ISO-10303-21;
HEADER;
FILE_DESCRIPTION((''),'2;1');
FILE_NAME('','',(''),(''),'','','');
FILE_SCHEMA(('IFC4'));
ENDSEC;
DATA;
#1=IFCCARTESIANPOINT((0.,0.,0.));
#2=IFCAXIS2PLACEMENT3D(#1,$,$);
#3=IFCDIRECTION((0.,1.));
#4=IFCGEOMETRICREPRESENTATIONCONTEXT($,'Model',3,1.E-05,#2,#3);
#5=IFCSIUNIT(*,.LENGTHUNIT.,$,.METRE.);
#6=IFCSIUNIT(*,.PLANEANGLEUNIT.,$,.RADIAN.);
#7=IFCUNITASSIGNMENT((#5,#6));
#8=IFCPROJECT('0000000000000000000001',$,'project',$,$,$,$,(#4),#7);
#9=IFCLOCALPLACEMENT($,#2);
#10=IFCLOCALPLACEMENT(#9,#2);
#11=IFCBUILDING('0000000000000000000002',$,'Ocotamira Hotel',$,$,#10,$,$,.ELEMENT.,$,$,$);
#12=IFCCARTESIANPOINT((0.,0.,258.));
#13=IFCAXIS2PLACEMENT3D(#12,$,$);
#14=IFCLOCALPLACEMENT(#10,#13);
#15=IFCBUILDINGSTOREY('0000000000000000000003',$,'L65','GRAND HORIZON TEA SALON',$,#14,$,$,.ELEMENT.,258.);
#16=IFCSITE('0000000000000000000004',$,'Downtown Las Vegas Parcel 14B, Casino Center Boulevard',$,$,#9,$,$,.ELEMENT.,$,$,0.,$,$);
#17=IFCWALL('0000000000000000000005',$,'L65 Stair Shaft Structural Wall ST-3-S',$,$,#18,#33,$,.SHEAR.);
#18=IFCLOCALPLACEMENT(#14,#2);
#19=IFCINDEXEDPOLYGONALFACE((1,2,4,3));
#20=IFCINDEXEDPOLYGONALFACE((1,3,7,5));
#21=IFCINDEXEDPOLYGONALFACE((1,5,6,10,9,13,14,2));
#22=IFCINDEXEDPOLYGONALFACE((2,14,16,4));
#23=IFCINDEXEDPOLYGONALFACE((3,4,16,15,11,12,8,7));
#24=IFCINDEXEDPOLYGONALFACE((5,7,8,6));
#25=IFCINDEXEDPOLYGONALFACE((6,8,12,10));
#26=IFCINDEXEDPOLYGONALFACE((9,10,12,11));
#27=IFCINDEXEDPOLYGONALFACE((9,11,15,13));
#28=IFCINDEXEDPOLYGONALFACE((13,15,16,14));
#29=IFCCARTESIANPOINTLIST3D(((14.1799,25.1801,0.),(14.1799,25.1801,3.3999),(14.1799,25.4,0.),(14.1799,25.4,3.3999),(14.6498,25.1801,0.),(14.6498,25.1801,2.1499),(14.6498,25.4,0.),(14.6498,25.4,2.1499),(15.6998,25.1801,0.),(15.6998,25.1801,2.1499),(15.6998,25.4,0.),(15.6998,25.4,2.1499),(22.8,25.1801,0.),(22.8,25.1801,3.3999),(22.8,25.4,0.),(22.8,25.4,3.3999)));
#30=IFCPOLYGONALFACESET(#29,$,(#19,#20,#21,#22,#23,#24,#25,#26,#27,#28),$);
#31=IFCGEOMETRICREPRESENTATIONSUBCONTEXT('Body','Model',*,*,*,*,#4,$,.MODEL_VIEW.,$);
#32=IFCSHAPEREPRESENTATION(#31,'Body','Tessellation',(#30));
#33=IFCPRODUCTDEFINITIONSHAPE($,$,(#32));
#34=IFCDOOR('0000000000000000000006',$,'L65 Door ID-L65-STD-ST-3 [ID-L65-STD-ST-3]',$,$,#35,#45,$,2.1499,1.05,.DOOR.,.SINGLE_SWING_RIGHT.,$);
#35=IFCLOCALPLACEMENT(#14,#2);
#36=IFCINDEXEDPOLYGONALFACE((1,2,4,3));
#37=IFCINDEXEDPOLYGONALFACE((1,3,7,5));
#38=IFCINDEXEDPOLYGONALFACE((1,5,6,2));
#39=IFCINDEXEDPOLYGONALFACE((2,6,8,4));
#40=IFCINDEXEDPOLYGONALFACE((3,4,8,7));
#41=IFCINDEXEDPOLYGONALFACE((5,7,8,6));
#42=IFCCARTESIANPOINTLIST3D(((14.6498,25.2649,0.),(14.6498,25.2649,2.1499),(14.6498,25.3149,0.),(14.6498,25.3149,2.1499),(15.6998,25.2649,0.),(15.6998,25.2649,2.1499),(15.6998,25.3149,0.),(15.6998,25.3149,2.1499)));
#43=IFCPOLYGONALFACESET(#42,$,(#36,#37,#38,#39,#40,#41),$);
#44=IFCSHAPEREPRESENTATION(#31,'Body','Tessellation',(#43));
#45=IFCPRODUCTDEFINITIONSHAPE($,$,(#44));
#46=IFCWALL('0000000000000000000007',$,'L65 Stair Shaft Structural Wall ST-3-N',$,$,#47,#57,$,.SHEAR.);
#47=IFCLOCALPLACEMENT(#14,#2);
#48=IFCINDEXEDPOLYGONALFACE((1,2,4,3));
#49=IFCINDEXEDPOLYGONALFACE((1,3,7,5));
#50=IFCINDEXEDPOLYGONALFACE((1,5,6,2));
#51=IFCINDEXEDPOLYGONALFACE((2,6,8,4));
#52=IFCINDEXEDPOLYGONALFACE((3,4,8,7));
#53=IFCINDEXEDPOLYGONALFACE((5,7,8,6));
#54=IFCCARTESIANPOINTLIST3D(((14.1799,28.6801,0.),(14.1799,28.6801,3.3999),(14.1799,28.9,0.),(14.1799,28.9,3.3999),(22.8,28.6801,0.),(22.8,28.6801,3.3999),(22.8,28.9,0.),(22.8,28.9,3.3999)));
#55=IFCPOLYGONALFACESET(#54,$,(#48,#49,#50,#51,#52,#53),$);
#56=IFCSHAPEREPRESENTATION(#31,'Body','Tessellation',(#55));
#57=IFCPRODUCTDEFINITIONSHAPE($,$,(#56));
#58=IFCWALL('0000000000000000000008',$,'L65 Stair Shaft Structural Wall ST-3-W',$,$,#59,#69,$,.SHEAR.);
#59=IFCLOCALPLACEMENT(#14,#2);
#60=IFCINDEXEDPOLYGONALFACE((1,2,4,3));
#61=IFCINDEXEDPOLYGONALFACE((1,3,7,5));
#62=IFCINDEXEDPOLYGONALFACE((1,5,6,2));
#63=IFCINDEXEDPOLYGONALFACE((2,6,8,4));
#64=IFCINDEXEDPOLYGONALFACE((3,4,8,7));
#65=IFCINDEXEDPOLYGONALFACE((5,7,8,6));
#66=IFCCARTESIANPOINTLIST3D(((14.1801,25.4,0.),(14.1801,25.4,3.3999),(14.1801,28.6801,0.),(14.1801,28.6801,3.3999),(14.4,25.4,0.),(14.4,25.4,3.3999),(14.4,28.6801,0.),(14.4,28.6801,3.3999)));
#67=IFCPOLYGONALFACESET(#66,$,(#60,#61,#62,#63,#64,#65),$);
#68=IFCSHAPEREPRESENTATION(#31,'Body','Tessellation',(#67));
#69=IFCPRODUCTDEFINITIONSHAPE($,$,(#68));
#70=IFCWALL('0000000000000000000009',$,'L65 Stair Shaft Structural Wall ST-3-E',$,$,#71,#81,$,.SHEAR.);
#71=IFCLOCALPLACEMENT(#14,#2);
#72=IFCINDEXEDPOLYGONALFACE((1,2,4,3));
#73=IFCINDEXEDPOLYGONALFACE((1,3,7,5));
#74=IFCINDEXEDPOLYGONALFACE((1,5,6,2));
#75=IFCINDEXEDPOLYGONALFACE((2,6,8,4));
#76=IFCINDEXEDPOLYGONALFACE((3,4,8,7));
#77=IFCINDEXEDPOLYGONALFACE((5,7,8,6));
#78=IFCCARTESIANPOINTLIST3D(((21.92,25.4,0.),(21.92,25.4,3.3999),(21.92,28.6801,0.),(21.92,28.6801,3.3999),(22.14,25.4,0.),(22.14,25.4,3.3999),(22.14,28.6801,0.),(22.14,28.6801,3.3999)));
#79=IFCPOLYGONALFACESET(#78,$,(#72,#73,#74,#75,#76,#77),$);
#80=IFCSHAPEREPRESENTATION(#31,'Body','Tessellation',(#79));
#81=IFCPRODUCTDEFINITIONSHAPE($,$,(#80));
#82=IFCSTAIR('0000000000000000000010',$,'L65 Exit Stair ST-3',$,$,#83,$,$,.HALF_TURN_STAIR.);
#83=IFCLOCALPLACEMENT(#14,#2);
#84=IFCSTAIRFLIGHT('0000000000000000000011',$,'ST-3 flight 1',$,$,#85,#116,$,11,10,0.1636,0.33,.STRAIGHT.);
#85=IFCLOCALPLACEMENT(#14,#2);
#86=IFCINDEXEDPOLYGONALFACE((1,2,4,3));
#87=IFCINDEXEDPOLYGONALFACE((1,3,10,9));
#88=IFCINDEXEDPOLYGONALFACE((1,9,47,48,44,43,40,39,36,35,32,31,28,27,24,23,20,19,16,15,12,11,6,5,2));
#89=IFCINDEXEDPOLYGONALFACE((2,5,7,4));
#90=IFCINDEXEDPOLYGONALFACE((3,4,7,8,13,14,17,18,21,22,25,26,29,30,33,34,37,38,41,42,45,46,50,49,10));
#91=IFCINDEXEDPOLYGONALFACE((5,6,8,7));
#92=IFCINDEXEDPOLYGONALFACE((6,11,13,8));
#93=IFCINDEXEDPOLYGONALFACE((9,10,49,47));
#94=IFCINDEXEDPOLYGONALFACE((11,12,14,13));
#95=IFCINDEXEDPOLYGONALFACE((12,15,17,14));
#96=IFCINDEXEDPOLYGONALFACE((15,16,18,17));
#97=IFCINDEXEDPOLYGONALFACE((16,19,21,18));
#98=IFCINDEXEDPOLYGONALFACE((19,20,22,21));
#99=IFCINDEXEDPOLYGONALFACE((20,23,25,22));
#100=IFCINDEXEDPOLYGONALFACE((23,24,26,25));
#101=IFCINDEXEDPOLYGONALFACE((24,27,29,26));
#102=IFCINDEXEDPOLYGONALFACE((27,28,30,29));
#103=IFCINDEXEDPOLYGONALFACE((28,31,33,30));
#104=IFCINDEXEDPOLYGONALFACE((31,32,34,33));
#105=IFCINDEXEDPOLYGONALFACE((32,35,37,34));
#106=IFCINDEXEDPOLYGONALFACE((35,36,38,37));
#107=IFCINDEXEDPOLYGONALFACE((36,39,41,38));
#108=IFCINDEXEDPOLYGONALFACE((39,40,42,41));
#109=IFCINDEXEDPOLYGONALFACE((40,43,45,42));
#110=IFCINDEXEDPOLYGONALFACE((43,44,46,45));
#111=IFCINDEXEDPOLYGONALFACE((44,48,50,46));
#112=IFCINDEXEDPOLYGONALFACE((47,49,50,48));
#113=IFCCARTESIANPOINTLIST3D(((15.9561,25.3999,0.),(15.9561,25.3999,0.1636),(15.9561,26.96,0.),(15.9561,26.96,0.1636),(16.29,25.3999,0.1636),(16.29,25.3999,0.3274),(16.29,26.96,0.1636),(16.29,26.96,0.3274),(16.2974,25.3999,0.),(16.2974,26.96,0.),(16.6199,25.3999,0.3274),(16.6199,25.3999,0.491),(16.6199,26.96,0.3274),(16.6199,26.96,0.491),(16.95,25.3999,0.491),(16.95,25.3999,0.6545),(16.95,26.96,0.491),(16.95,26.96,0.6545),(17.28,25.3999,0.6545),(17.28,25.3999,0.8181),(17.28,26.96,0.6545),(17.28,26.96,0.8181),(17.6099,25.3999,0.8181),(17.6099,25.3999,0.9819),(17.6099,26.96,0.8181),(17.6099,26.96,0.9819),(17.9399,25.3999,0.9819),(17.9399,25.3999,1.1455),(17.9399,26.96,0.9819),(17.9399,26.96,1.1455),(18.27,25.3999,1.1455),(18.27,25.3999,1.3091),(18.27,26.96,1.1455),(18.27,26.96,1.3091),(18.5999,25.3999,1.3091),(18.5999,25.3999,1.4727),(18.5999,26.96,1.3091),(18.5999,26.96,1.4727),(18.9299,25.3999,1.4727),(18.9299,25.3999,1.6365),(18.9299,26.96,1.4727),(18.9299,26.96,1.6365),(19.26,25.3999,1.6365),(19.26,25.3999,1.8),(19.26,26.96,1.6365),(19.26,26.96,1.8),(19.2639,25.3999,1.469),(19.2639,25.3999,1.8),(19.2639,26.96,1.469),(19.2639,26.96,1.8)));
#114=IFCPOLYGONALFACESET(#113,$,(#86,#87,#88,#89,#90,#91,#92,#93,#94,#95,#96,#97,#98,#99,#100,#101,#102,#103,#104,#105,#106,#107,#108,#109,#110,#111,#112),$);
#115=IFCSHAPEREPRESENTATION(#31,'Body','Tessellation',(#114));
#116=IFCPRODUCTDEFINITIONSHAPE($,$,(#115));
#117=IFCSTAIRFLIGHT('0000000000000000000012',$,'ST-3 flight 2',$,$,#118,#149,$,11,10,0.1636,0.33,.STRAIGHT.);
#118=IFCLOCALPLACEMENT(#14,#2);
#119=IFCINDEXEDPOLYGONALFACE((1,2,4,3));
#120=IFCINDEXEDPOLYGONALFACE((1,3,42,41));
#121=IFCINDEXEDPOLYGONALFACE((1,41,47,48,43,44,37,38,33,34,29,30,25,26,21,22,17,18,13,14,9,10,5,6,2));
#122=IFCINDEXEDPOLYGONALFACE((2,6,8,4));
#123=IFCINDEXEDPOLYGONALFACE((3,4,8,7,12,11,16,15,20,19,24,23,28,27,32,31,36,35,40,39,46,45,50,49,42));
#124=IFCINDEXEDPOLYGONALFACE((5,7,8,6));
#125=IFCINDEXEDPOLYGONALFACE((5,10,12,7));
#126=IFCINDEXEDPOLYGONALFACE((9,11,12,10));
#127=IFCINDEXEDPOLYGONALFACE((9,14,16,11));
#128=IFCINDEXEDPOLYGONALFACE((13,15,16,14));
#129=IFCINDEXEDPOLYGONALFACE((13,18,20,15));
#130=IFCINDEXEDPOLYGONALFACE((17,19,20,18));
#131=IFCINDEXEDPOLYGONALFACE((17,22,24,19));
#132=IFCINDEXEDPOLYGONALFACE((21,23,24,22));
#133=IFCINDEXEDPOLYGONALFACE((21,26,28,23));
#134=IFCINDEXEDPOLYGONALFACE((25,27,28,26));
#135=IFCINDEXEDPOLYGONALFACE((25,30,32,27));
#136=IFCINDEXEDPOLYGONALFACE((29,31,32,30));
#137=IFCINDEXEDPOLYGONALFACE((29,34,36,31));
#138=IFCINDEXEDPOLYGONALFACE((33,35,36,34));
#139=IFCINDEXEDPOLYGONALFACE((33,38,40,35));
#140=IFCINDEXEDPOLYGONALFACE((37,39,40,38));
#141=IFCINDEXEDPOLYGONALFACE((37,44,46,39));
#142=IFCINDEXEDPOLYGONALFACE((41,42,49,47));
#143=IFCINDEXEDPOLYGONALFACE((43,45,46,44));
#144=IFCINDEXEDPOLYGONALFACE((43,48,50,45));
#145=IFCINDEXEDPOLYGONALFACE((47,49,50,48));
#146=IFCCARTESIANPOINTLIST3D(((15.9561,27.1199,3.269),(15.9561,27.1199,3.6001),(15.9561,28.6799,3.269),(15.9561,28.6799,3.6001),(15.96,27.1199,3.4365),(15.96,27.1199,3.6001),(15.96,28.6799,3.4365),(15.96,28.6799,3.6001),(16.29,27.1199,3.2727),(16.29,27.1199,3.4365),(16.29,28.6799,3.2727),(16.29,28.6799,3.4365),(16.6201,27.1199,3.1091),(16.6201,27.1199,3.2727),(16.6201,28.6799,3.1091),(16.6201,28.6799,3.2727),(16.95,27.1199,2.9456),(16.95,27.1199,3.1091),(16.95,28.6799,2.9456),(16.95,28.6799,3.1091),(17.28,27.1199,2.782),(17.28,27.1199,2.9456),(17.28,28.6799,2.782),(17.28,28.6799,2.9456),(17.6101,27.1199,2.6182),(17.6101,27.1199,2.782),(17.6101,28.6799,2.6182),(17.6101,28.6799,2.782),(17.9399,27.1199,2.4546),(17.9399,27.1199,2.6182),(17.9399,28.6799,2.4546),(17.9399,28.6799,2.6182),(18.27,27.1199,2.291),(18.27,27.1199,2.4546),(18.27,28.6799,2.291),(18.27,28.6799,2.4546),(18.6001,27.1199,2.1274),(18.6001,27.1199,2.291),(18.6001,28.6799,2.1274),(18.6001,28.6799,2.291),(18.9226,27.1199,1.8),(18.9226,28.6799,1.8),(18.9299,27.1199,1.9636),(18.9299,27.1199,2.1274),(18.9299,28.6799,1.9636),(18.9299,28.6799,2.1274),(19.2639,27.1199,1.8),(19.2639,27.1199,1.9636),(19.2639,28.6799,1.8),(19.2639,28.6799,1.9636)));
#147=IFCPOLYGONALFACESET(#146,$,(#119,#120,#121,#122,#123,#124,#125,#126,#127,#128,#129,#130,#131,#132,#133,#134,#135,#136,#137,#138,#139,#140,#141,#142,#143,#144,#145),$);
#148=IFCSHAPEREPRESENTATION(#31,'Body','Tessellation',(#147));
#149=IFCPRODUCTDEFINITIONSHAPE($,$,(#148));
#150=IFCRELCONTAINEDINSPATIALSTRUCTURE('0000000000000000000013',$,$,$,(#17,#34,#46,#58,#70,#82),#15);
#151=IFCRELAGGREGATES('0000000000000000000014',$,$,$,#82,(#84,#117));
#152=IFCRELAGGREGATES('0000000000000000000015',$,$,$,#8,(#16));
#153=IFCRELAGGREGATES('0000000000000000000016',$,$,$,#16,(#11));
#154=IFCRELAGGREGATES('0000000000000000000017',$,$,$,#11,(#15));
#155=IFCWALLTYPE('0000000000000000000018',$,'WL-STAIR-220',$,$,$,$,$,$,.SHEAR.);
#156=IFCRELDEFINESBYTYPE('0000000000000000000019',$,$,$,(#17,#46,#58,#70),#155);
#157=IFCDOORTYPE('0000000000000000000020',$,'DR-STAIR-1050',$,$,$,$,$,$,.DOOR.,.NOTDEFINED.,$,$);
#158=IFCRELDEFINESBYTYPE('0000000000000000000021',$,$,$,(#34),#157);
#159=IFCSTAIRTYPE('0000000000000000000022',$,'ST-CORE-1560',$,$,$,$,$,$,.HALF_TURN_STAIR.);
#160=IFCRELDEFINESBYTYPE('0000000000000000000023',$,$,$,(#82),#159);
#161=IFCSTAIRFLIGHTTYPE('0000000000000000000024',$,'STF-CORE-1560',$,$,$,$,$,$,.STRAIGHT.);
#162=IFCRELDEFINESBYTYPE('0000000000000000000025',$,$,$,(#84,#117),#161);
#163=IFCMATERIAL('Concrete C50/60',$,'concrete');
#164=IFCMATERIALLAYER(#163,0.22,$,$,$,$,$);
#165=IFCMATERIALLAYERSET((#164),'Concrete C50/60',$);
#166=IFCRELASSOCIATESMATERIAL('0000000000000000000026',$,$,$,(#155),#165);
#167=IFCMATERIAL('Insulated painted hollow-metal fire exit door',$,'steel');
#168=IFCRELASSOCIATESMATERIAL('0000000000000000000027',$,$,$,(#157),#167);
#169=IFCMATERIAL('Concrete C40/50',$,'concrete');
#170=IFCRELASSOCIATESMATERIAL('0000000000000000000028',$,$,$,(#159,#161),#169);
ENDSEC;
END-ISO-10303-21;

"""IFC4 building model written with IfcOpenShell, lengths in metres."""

from ifc_helpers import new_model, si_unit, direction, frame, frame_2d, origin, place, context, subcontext, project, spatial, polyline, rectangle, outline, extrude, source, transform, mapped, material, layer, layer_set, type_object, element, fill, aggregate, save


model = new_model("IFC4")

# Units and contexts
model_context = context("Model", 3, precision=1e-05, world=origin(), true_north=direction((0.0, 1.0)))
body_context = subcontext(model_context, "Body", "Model", "MODEL_VIEW")
ifc_project = project(units=[si_unit("LENGTHUNIT", "METRE"), si_unit("PLANEANGLEUNIT", "RADIAN")], contexts=[model_context])

# Site, building, storey
site_placement = place(None, origin())
site = spatial("IfcSite", under=ifc_project, at=site_placement, Name="Downtown Las Vegas Parcel 14B, Casino Center Boulevard", CompositionType="ELEMENT", RefElevation=0.0)
building_placement = place(site_placement, origin())
building = spatial("IfcBuilding", under=site, at=building_placement, Name="Ocotamira Hotel", CompositionType="ELEMENT")
storey_placement = place(building_placement, frame((0.0, 0.0, 258.0)))
storey = spatial("IfcBuildingStorey", under=building, at=storey_placement, Name="L65", Description="GRAND HORIZON TEA SALON", CompositionType="ELEMENT", Elevation=258.0)

# Shared definitions
ifc_material_1 = material(Name="Concrete C50/60", Category="concrete")
ifc_layer_1 = layer(ifc_material_1, 0.22)
ifc_layer_set_1 = layer_set([ifc_layer_1], Name="Concrete C50/60")
wall_type_1 = type_object("IfcWallType", Name="WL-STAIR-220", PredefinedType="SHEAR", material=ifc_layer_set_1)

# Wall, opening, door
wall_1_placement = place(storey_placement, frame((14.1799, 25.29, 0.0), z_axis=(0.0, 0.0, 1.0), x_axis=(1.0, 0.0, 0.0)))
wall_1 = element("IfcWall", 1, at=wall_1_placement, inside=storey, type_object=wall_type_1, Name="L65 Stair Shaft Structural Wall ST-3-S", PredefinedType="SHEAR", context=body_context, shape_type="SweptSolid", body=[
    extrude(rectangle(XDim=8.6201, YDim=0.22, at=frame_2d((4.3101, 0.0))), origin(), (0.0, 0.0, 1.0), 3.3999),
])
opening_1_placement = place(wall_1_placement, frame((0.47, 0.0, 0.0)))
opening_1 = element("IfcOpeningElement", 2, at=opening_1_placement, cuts=wall_1, PredefinedType="OPENING", context=body_context, shape_type="SweptSolid", body=[
    extrude(rectangle(XDim=1.05, YDim=2.1499, at=frame_2d((0.5249, 1.075))), frame((0.0, 0.1201, 0.0), z_axis=(0.0, -1.0, 0.0), x_axis=(1.0, 0.0, 0.0)), (0.0, 0.0, 1.0), 0.24),
])
ifc_material_2 = material(Name="Insulated painted hollow-metal fire exit door", Category="steel")
door_type_1 = type_object("IfcDoorType", Name="DR-STAIR-1050", OperationType="NOTDEFINED", PredefinedType="DOOR", material=ifc_material_2)
shared_shape_1 = source(origin(), body_context, "Body", "SweptSolid", [
    extrude(rectangle(XDim=1.05, YDim=2.1499, at=frame_2d((0.5249, 1.075))), frame((0.0, 0.0249, 0.0), z_axis=(0.0, -1.0, 0.0), x_axis=(1.0, 0.0, 0.0)), (0.0, 0.0, 1.0), 0.05),
])
door_1_placement = place(opening_1_placement, origin())
door_1 = element("IfcDoor", 3, at=door_1_placement, inside=storey, type_object=door_type_1, Name="L65 Door ID-L65-STD-ST-3 [ID-L65-STD-ST-3]", OperationType="SINGLE_SWING_RIGHT", OverallHeight=2.1499, OverallWidth=1.05, PredefinedType="DOOR", context=body_context, shape_type="MappedRepresentation", body=[
    mapped(shared_shape_1, transform((0.0, 0.0, 0.0), scale=1.0)),
])
fill(opening_1, door_1)

# Walls
wall_2_placement = place(storey_placement, frame((14.1799, 28.79, 0.0), z_axis=(0.0, 0.0, 1.0), x_axis=(1.0, 0.0, 0.0)))
element("IfcWall", 4, at=wall_2_placement, inside=storey, type_object=wall_type_1, Name="L65 Stair Shaft Structural Wall ST-3-N", PredefinedType="SHEAR", context=body_context, shape_type="SweptSolid", body=[
    extrude(rectangle(XDim=8.6201, YDim=0.22, at=frame_2d((4.3101, 0.0))), origin(), (0.0, 0.0, 1.0), 3.3999),
])
for number, where, z_axis, x_axis, name in (
    (5, (14.29, 25.3999, 0.0), (0.0, 0.0, 1.0), (0.0, 1.0, 0.0), "L65 Stair Shaft Structural Wall ST-3-W"),
    (6, (22.03, 25.3999, 0.0), (0.0, 0.0, 1.0), (0.0, 1.0, 0.0), "L65 Stair Shaft Structural Wall ST-3-E"),
):
    element("IfcWall", number, at=place(storey_placement, frame(where, z_axis=z_axis, x_axis=x_axis)), inside=storey, type_object=wall_type_1, Name=name, PredefinedType="SHEAR", context=body_context, shape_type="SweptSolid", body=[
        extrude(rectangle(XDim=3.28, YDim=0.22, at=frame_2d((1.6401, 0.0))), origin(), (0.0, 0.0, 1.0), 3.3999),
    ])

# Stair, stair flights
ifc_material_3 = material(Name="Concrete C40/50", Category="concrete")
stair_type = type_object("IfcStairType", Name="ST-CORE-1560", PredefinedType="HALF_TURN_STAIR", material=ifc_material_3)
stair_placement = place(storey_placement, origin())
stair = element("IfcStair", 7, at=stair_placement, inside=storey, type_object=stair_type, Name="L65 Exit Stair ST-3", PredefinedType="HALF_TURN_STAIR")
stair_flight_type = type_object("IfcStairFlightType", Name="STF-CORE-1560", PredefinedType="STRAIGHT", material=ifc_material_3)
shared_shape_2 = source(origin(), body_context, "Body", "SweptSolid", [
    extrude(outline(polyline([(-0.0039, 0.0), (-0.0039, 0.1636), (0.3301, 0.1636), (0.3301, 0.3274), (0.6599, 0.3274), (0.6599, 0.491), (0.99, 0.491), (0.99, 0.6545), (1.3201, 0.6545), (1.3201, 0.8181), (1.6499, 0.8181), (1.6499, 0.9819), (1.98, 0.9819), (1.98, 1.1455), (2.3101, 1.1455), (2.3101, 1.3091), (2.6399, 1.3091), (2.6399, 1.4727), (2.97, 1.4727), (2.97, 1.6365), (3.3, 1.6365), (3.3, 1.8), (3.304, 1.8), (3.304, 1.469), (0.3374, 0.0), (-0.0039, 0.0)])), frame((0.0, 0.78, 0.0), z_axis=(0.0, -1.0, 0.0), x_axis=(1.0, 0.0, 0.0)), (0.0, 0.0, 1.0), 1.5601),
])
stair_flight_1_placement = place(storey_placement, frame((15.96, 26.1799, 0.0), z_axis=(0.0, 0.0, 1.0), x_axis=(1.0, 0.0, 0.0)))
stair_flight_1 = element("IfcStairFlight", 8, at=stair_flight_1_placement, type_object=stair_flight_type, Name="ST-3 flight 1", NumberOfRisers=11, NumberOfTreads=10, PredefinedType="STRAIGHT", RiserHeight=0.1636, TreadLength=0.33, context=body_context, shape_type="MappedRepresentation", body=[
    mapped(shared_shape_2, transform((0.0, 0.0, 0.0), scale=1.0)),
])
stair_flight_2_placement = place(storey_placement, frame((19.26, 27.8999, 1.8), z_axis=(0.0, 0.0, 1.0), x_axis=(-1.0, 0.0, 0.0)))
stair_flight_2 = element("IfcStairFlight", 9, at=stair_flight_2_placement, type_object=stair_flight_type, Name="ST-3 flight 2", NumberOfRisers=11, NumberOfTreads=10, PredefinedType="STRAIGHT", RiserHeight=0.1636, TreadLength=0.33, context=body_context, shape_type="MappedRepresentation", body=[
    mapped(shared_shape_2, transform((0.0, 0.0, 0.0), scale=1.0)),
])
aggregate(stair, [stair_flight_1, stair_flight_2])

save(model, "model.ifc")
